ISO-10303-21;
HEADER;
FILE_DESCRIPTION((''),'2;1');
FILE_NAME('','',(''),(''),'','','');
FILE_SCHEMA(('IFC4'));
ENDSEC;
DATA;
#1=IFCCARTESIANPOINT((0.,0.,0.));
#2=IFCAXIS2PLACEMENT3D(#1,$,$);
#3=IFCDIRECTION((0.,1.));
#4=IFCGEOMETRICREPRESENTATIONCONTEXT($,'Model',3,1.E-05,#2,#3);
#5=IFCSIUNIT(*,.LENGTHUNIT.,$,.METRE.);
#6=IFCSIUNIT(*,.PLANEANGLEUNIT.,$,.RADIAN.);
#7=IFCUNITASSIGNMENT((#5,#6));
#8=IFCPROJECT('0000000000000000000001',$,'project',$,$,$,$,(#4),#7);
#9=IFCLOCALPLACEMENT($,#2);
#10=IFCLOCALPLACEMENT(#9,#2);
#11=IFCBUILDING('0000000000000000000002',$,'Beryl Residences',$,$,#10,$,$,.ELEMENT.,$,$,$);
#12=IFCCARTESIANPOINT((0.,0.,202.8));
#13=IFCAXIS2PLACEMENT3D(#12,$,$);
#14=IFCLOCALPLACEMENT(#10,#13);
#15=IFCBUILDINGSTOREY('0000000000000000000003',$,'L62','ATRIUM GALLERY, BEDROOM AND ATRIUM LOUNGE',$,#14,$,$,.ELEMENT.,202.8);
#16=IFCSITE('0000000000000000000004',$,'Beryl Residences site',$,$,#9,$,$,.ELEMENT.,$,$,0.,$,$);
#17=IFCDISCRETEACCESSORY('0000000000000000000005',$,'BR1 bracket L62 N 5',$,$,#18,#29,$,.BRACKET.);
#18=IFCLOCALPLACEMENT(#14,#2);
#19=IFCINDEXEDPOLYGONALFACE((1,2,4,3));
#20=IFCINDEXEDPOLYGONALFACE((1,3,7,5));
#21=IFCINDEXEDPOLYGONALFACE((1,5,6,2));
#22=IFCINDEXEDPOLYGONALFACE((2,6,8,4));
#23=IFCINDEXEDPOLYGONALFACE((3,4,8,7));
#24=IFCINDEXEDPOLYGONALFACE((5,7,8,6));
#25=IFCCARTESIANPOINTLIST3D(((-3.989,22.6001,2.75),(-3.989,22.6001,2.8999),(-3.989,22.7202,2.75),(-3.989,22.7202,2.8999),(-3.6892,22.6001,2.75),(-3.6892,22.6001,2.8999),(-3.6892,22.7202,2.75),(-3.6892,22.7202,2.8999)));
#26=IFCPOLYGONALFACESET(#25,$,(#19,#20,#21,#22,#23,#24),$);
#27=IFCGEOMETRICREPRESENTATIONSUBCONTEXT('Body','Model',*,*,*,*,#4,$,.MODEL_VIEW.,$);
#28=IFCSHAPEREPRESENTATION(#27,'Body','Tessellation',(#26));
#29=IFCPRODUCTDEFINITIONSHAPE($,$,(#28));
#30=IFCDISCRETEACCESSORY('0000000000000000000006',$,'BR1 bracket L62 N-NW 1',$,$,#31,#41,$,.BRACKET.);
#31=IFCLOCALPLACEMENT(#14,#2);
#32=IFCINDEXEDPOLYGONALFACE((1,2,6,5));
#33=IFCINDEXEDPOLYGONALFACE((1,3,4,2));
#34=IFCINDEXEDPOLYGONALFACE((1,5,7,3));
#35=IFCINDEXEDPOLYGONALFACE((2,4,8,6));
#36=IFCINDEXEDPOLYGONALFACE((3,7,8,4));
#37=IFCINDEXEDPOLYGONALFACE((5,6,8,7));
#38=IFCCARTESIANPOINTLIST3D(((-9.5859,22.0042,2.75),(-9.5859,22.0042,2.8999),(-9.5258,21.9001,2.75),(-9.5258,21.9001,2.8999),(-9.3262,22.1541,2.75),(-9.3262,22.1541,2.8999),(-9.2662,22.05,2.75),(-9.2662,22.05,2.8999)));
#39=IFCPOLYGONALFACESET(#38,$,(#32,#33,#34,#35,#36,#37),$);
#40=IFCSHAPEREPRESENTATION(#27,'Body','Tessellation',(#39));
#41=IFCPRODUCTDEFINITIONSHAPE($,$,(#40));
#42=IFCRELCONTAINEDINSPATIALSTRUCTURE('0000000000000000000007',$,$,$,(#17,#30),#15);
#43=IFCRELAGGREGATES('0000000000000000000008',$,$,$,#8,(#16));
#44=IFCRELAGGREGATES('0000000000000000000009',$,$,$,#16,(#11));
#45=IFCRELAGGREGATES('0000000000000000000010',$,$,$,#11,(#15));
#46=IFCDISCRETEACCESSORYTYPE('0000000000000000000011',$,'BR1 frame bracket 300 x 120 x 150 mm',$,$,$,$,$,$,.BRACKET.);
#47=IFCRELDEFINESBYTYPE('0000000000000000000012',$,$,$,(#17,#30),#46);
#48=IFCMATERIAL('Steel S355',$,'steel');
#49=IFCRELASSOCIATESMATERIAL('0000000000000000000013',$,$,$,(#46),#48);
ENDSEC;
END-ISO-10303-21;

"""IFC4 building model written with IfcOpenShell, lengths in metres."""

from ifc_helpers import new_model, si_unit, direction, frame, origin, place, context, subcontext, project, spatial, polyline, outline, extrude, source, transform, mapped, material, type_object, type_shapes, element, save


model = new_model("IFC4")

# Units and contexts
model_context = context("Model", 3, precision=1e-05, world=origin(), true_north=direction((0.0, 1.0)))
body_context = subcontext(model_context, "Body", "Model", "MODEL_VIEW")
ifc_project = project(units=[si_unit("LENGTHUNIT", "METRE"), si_unit("PLANEANGLEUNIT", "RADIAN")], contexts=[model_context])

# Site, building, storey
site_placement = place(None, origin())
site = spatial("IfcSite", under=ifc_project, at=site_placement, Name="Beryl Residences site", CompositionType="ELEMENT", RefElevation=0.0)
building_placement = place(site_placement, origin())
building = spatial("IfcBuilding", under=site, at=building_placement, Name="Beryl Residences", CompositionType="ELEMENT")
storey_placement = place(building_placement, frame((0.0, 0.0, 202.8)))
storey = spatial("IfcBuildingStorey", under=building, at=storey_placement, Name="L62", Description="ATRIUM GALLERY, BEDROOM AND ATRIUM LOUNGE", CompositionType="ELEMENT", Elevation=202.8)

# Discrete accessories
ifc_material_1 = material(Name="Steel S355", Category="steel")
discrete_accessory_type = type_object("IfcDiscreteAccessoryType", Name="BR1 frame bracket 300 x 120 x 150 mm", PredefinedType="BRACKET", material=ifc_material_1)
shared_shape_1 = source(origin(), body_context, "Body", "SweptSolid", [
    extrude(outline(polyline([(-0.1499, 0.0), (0.1499, 0.0), (0.1499, 0.1201), (-0.1499, 0.1201), (-0.1499, 0.0)])), origin(), (0.0, 0.0, 1.0), 0.1499),
])
type_shapes(discrete_accessory_type, [shared_shape_1])
for number, where, z_axis, x_axis, name in (
    (1, (-3.8391, 22.6001, 2.75), (0.0, 0.0, 1.0), (1.0, 0.0, 0.0), "BR1 bracket L62 N 5"),
    (2, (-9.396, 21.9751, 2.75), (0.0, 0.0, 1.0), (0.866025, 0.5, 0.0), "BR1 bracket L62 N-NW 1"),
):
    element("IfcDiscreteAccessory", number, at=place(storey_placement, frame(where, z_axis=z_axis, x_axis=x_axis)), inside=storey, type_object=discrete_accessory_type, Name=name, PredefinedType="BRACKET", context=body_context, shape_type="MappedRepresentation", body=[
        mapped(shared_shape_1, transform((0.0, 0.0, 0.0))),
    ])

save(model, "model.ifc")
